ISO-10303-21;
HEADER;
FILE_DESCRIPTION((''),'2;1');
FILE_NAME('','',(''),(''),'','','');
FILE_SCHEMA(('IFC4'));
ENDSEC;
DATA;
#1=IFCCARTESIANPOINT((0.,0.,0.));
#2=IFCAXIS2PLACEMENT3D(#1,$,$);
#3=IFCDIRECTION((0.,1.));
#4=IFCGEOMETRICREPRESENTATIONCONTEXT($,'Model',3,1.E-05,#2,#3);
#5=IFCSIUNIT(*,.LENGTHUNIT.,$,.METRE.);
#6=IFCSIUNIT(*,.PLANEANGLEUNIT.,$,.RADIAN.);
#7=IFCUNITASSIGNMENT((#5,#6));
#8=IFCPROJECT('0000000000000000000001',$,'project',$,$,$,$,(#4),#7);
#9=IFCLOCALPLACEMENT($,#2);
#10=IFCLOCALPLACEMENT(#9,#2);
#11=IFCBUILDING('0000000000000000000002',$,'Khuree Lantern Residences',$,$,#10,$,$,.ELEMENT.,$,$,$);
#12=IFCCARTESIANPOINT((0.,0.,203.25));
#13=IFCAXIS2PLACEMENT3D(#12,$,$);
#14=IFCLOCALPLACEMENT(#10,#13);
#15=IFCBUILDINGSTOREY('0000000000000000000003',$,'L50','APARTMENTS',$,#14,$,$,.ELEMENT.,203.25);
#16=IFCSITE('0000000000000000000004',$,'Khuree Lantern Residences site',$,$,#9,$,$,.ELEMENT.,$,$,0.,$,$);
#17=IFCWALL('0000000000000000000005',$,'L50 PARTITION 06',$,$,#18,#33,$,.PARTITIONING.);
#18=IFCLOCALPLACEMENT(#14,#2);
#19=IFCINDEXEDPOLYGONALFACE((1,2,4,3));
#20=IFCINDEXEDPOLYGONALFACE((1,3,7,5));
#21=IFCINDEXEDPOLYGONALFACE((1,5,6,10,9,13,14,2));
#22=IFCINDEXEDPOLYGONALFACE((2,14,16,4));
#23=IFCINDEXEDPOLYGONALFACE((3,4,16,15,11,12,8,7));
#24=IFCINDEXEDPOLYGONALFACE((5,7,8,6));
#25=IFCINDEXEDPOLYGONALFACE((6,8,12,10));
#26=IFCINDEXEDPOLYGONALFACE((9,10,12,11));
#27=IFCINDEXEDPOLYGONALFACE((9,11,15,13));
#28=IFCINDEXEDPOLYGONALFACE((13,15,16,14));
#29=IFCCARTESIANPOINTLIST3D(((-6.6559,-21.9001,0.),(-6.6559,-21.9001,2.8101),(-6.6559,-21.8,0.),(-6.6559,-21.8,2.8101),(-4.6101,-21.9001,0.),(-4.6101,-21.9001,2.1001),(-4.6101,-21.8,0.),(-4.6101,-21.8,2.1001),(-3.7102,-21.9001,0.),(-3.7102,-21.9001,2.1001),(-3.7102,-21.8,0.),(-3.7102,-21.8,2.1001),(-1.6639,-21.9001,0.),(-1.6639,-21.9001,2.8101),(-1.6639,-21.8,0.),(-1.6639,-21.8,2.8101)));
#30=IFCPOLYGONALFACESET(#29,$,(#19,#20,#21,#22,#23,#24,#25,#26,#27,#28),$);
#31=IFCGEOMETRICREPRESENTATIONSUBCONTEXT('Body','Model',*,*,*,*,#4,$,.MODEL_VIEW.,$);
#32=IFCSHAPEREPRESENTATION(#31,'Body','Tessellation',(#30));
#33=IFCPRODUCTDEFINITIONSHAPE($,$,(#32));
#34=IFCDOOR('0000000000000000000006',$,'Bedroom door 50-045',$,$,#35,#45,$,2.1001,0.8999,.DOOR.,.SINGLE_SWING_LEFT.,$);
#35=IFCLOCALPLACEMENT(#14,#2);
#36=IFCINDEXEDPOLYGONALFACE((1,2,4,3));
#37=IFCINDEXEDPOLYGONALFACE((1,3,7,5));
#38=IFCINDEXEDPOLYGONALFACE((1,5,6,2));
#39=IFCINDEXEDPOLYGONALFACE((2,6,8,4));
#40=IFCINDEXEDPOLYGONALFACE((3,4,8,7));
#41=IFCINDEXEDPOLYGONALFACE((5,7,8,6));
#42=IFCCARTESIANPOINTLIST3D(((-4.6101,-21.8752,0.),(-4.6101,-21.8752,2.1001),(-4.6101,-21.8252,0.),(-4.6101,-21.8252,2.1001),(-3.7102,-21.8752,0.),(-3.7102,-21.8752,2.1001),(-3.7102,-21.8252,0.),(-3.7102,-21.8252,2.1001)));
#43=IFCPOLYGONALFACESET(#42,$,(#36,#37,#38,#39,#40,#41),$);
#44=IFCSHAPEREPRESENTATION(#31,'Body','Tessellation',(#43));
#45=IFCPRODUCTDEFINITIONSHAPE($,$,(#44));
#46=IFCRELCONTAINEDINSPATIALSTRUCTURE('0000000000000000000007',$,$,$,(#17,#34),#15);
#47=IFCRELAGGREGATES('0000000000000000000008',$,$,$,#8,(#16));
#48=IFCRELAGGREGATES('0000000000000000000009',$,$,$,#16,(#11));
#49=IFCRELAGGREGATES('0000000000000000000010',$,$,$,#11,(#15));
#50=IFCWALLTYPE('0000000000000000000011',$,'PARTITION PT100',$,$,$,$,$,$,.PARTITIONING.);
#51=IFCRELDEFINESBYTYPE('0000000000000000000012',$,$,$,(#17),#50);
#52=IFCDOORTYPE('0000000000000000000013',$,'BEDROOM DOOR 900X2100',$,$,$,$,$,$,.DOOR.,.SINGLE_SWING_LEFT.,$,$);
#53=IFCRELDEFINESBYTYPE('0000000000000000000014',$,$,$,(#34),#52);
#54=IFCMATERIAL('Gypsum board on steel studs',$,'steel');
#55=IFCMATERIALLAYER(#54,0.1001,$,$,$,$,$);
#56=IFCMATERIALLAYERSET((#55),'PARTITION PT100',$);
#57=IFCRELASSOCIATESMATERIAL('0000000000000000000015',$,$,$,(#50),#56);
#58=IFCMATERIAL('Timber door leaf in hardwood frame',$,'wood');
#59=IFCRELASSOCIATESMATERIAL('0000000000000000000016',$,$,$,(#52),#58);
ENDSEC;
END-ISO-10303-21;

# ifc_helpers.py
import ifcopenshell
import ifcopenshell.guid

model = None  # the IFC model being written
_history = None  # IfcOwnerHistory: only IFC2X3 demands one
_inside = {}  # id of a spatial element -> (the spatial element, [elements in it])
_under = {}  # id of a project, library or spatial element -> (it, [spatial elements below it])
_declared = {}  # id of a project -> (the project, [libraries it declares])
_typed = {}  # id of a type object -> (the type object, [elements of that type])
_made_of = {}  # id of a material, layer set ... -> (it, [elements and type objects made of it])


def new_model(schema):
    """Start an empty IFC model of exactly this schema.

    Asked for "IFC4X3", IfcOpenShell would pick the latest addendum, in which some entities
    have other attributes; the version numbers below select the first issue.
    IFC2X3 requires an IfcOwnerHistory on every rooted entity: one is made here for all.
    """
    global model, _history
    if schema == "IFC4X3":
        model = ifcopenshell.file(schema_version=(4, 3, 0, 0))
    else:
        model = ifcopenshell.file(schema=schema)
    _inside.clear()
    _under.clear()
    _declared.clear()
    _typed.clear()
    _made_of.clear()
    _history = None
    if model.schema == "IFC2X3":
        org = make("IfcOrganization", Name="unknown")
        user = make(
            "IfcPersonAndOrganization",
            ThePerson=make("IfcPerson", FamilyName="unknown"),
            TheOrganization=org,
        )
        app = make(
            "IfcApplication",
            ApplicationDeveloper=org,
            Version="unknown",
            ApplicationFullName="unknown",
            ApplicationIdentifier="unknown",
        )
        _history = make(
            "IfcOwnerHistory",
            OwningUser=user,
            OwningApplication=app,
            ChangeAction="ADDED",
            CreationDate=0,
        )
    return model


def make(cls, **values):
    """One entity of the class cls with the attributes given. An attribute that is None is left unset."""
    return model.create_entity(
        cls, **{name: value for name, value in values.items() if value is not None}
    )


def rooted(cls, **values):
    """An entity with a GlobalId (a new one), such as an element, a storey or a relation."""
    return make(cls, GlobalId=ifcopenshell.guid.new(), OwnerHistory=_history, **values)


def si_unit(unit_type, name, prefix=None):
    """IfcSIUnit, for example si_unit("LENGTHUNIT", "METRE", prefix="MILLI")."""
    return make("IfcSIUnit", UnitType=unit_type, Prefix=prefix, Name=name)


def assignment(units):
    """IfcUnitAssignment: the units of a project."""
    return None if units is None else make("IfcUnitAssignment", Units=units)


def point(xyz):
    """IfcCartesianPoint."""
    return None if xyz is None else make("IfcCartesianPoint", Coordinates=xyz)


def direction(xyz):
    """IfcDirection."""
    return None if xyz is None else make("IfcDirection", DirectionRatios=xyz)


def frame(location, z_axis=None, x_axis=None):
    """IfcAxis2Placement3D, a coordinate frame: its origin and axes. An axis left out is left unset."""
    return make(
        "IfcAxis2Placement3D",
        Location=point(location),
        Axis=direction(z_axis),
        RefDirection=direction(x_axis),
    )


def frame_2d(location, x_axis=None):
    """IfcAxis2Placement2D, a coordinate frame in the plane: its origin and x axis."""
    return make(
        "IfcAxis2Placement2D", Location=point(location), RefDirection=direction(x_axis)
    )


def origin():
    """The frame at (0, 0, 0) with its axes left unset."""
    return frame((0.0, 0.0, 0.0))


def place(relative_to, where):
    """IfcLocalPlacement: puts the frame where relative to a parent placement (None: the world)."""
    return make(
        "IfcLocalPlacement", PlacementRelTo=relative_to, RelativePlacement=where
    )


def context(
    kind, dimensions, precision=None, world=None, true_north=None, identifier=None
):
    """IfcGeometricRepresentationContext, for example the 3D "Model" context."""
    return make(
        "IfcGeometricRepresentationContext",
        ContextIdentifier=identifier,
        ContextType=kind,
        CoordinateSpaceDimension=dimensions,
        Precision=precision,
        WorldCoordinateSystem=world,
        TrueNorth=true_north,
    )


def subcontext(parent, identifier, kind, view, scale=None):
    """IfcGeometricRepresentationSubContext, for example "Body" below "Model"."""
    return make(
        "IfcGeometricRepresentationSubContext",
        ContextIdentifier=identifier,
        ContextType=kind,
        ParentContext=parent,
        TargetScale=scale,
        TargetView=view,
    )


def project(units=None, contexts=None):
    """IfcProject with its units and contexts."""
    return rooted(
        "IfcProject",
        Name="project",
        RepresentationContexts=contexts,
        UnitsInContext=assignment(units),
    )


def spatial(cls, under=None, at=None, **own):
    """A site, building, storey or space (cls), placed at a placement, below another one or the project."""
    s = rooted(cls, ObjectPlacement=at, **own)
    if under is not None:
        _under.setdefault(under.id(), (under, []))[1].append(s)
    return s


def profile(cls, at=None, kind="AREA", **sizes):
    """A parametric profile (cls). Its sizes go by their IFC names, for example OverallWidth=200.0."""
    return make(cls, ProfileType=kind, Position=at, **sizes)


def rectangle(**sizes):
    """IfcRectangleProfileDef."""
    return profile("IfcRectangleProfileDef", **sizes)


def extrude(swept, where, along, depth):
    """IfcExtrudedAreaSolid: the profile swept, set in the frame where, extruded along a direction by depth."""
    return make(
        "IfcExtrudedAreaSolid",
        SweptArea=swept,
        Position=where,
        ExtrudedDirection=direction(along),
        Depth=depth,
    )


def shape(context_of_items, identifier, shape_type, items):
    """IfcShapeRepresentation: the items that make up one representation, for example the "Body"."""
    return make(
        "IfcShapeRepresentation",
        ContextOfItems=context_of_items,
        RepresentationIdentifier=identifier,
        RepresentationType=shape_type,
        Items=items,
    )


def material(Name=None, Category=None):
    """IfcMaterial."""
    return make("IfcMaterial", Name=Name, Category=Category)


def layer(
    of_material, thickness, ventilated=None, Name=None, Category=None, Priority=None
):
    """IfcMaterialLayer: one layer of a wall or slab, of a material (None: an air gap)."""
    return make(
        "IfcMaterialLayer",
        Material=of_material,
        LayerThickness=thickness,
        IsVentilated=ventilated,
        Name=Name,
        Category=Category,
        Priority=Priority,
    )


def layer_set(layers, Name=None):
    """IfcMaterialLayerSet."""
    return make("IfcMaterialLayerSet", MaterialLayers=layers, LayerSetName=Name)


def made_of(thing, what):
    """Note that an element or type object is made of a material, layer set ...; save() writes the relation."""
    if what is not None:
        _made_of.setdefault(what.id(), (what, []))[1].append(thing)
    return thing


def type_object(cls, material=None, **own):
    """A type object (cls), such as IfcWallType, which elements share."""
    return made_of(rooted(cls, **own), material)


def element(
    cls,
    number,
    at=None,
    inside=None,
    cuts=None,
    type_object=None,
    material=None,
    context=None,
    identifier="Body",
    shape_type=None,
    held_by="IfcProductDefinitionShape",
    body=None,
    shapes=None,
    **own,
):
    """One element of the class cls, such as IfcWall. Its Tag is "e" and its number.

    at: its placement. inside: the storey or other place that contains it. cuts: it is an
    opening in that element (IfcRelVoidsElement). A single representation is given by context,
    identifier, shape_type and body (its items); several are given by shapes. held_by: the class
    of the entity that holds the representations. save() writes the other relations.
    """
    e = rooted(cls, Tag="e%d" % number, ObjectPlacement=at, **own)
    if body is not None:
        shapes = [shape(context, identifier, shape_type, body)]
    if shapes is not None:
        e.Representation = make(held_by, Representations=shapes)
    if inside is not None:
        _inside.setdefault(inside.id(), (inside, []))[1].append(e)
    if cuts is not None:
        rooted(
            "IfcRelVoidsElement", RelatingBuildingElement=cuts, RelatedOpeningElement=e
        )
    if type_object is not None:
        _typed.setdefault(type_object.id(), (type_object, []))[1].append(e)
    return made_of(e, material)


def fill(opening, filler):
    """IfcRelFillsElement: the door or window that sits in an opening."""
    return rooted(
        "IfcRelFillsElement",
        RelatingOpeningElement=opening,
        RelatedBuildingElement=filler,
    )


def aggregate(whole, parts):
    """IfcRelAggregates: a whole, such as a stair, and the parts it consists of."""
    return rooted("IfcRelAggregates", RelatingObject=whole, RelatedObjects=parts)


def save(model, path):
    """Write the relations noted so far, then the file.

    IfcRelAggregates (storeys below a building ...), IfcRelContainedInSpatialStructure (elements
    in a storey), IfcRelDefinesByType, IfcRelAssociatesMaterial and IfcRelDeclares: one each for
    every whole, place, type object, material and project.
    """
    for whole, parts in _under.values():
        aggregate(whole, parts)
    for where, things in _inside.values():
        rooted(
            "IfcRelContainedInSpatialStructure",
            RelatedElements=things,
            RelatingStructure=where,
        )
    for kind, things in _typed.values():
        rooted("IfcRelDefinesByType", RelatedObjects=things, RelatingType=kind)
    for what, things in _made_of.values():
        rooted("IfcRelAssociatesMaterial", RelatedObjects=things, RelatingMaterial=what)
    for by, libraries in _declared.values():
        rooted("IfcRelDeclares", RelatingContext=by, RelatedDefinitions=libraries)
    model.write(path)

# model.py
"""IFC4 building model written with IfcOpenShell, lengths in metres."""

from ifc_helpers import new_model, si_unit, direction, frame, frame_2d, origin, place, context, subcontext, project, spatial, rectangle, extrude, material, layer, layer_set, type_object, element, fill, save


model = new_model("IFC4")

# Units and contexts
model_context = context("Model", 3, precision=1e-05, world=origin(), true_north=direction((0.0, 1.0)))
body_context = subcontext(model_context, "Body", "Model", "MODEL_VIEW")
ifc_project = project(units=[si_unit("LENGTHUNIT", "METRE"), si_unit("PLANEANGLEUNIT", "RADIAN")], contexts=[model_context])

# Site, building, storey
site_placement = place(None, origin())
site = spatial("IfcSite", under=ifc_project, at=site_placement, Name="Khuree Lantern Residences site", CompositionType="ELEMENT", RefElevation=0.0)
building_placement = place(site_placement, origin())
building = spatial("IfcBuilding", under=site, at=building_placement, Name="Khuree Lantern Residences", CompositionType="ELEMENT")
storey_placement = place(building_placement, frame((0.0, 0.0, 203.25)))
storey = spatial("IfcBuildingStorey", under=building, at=storey_placement, Name="L50", Description="APARTMENTS", CompositionType="ELEMENT", Elevation=203.25)

# Shared definitions
ifc_material_1 = material(Name="Timber door leaf in hardwood frame", Category="wood")

# Shared definitions
ifc_material_2 = material(Name="Gypsum board on steel studs", Category="steel")
ifc_layer_1 = layer(ifc_material_2, 0.1001)
ifc_layer_set_1 = layer_set([ifc_layer_1], Name="PARTITION PT100")
wall_type_1 = type_object("IfcWallType", Name="PARTITION PT100", PredefinedType="PARTITIONING", material=ifc_layer_set_1)

# Shared definitions
door_type_1 = type_object("IfcDoorType", Name="BEDROOM DOOR 900X2100", OperationType="SINGLE_SWING_LEFT", PredefinedType="DOOR", material=ifc_material_1)

# Wall, opening, door
wall_1_placement = place(storey_placement, frame((-6.656, -21.8501, 0.0), z_axis=(0.0, 0.0, 1.0), x_axis=(1.0, 0.0, 0.0)))
wall_1 = element("IfcWall", 1, at=wall_1_placement, inside=storey, type_object=wall_type_1, Name="L50 PARTITION 06", PredefinedType="PARTITIONING", context=body_context, shape_type="SweptSolid", body=[
    extrude(rectangle(XDim=4.9919, YDim=0.1001, at=frame_2d((2.4961, 0.0))), origin(), (0.0, 0.0, 1.0), 2.8101),
])
opening_1_placement = place(wall_1_placement, frame((2.0459, 0.0, 0.0)))
opening_1 = element("IfcOpeningElement", 2, at=opening_1_placement, cuts=wall_1, PredefinedType="OPENING", context=body_context, shape_type="SweptSolid", body=[
    extrude(rectangle(XDim=0.8999, YDim=2.1001, at=frame_2d((0.45, 1.05))), frame((0.0, 0.0601, 0.0), z_axis=(0.0, -1.0, 0.0), x_axis=(1.0, 0.0, 0.0)), (0.0, 0.0, 1.0), 0.1201),
])
door_1_placement = place(opening_1_placement, origin())
door_1 = element("IfcDoor", 3, at=door_1_placement, inside=storey, type_object=door_type_1, Name="Bedroom door 50-045", OperationType="SINGLE_SWING_LEFT", OverallHeight=2.1001, OverallWidth=0.8999, PredefinedType="DOOR", context=body_context, shape_type="SweptSolid", body=[
    extrude(rectangle(XDim=0.8999, YDim=2.1001, at=frame_2d((0.45, 1.05))), frame((0.0, 0.0249, 0.0), z_axis=(0.0, -1.0, 0.0), x_axis=(1.0, 0.0, 0.0)), (0.0, 0.0, 1.0), 0.05),
])
fill(opening_1, door_1)

save(model, "model.ifc")
